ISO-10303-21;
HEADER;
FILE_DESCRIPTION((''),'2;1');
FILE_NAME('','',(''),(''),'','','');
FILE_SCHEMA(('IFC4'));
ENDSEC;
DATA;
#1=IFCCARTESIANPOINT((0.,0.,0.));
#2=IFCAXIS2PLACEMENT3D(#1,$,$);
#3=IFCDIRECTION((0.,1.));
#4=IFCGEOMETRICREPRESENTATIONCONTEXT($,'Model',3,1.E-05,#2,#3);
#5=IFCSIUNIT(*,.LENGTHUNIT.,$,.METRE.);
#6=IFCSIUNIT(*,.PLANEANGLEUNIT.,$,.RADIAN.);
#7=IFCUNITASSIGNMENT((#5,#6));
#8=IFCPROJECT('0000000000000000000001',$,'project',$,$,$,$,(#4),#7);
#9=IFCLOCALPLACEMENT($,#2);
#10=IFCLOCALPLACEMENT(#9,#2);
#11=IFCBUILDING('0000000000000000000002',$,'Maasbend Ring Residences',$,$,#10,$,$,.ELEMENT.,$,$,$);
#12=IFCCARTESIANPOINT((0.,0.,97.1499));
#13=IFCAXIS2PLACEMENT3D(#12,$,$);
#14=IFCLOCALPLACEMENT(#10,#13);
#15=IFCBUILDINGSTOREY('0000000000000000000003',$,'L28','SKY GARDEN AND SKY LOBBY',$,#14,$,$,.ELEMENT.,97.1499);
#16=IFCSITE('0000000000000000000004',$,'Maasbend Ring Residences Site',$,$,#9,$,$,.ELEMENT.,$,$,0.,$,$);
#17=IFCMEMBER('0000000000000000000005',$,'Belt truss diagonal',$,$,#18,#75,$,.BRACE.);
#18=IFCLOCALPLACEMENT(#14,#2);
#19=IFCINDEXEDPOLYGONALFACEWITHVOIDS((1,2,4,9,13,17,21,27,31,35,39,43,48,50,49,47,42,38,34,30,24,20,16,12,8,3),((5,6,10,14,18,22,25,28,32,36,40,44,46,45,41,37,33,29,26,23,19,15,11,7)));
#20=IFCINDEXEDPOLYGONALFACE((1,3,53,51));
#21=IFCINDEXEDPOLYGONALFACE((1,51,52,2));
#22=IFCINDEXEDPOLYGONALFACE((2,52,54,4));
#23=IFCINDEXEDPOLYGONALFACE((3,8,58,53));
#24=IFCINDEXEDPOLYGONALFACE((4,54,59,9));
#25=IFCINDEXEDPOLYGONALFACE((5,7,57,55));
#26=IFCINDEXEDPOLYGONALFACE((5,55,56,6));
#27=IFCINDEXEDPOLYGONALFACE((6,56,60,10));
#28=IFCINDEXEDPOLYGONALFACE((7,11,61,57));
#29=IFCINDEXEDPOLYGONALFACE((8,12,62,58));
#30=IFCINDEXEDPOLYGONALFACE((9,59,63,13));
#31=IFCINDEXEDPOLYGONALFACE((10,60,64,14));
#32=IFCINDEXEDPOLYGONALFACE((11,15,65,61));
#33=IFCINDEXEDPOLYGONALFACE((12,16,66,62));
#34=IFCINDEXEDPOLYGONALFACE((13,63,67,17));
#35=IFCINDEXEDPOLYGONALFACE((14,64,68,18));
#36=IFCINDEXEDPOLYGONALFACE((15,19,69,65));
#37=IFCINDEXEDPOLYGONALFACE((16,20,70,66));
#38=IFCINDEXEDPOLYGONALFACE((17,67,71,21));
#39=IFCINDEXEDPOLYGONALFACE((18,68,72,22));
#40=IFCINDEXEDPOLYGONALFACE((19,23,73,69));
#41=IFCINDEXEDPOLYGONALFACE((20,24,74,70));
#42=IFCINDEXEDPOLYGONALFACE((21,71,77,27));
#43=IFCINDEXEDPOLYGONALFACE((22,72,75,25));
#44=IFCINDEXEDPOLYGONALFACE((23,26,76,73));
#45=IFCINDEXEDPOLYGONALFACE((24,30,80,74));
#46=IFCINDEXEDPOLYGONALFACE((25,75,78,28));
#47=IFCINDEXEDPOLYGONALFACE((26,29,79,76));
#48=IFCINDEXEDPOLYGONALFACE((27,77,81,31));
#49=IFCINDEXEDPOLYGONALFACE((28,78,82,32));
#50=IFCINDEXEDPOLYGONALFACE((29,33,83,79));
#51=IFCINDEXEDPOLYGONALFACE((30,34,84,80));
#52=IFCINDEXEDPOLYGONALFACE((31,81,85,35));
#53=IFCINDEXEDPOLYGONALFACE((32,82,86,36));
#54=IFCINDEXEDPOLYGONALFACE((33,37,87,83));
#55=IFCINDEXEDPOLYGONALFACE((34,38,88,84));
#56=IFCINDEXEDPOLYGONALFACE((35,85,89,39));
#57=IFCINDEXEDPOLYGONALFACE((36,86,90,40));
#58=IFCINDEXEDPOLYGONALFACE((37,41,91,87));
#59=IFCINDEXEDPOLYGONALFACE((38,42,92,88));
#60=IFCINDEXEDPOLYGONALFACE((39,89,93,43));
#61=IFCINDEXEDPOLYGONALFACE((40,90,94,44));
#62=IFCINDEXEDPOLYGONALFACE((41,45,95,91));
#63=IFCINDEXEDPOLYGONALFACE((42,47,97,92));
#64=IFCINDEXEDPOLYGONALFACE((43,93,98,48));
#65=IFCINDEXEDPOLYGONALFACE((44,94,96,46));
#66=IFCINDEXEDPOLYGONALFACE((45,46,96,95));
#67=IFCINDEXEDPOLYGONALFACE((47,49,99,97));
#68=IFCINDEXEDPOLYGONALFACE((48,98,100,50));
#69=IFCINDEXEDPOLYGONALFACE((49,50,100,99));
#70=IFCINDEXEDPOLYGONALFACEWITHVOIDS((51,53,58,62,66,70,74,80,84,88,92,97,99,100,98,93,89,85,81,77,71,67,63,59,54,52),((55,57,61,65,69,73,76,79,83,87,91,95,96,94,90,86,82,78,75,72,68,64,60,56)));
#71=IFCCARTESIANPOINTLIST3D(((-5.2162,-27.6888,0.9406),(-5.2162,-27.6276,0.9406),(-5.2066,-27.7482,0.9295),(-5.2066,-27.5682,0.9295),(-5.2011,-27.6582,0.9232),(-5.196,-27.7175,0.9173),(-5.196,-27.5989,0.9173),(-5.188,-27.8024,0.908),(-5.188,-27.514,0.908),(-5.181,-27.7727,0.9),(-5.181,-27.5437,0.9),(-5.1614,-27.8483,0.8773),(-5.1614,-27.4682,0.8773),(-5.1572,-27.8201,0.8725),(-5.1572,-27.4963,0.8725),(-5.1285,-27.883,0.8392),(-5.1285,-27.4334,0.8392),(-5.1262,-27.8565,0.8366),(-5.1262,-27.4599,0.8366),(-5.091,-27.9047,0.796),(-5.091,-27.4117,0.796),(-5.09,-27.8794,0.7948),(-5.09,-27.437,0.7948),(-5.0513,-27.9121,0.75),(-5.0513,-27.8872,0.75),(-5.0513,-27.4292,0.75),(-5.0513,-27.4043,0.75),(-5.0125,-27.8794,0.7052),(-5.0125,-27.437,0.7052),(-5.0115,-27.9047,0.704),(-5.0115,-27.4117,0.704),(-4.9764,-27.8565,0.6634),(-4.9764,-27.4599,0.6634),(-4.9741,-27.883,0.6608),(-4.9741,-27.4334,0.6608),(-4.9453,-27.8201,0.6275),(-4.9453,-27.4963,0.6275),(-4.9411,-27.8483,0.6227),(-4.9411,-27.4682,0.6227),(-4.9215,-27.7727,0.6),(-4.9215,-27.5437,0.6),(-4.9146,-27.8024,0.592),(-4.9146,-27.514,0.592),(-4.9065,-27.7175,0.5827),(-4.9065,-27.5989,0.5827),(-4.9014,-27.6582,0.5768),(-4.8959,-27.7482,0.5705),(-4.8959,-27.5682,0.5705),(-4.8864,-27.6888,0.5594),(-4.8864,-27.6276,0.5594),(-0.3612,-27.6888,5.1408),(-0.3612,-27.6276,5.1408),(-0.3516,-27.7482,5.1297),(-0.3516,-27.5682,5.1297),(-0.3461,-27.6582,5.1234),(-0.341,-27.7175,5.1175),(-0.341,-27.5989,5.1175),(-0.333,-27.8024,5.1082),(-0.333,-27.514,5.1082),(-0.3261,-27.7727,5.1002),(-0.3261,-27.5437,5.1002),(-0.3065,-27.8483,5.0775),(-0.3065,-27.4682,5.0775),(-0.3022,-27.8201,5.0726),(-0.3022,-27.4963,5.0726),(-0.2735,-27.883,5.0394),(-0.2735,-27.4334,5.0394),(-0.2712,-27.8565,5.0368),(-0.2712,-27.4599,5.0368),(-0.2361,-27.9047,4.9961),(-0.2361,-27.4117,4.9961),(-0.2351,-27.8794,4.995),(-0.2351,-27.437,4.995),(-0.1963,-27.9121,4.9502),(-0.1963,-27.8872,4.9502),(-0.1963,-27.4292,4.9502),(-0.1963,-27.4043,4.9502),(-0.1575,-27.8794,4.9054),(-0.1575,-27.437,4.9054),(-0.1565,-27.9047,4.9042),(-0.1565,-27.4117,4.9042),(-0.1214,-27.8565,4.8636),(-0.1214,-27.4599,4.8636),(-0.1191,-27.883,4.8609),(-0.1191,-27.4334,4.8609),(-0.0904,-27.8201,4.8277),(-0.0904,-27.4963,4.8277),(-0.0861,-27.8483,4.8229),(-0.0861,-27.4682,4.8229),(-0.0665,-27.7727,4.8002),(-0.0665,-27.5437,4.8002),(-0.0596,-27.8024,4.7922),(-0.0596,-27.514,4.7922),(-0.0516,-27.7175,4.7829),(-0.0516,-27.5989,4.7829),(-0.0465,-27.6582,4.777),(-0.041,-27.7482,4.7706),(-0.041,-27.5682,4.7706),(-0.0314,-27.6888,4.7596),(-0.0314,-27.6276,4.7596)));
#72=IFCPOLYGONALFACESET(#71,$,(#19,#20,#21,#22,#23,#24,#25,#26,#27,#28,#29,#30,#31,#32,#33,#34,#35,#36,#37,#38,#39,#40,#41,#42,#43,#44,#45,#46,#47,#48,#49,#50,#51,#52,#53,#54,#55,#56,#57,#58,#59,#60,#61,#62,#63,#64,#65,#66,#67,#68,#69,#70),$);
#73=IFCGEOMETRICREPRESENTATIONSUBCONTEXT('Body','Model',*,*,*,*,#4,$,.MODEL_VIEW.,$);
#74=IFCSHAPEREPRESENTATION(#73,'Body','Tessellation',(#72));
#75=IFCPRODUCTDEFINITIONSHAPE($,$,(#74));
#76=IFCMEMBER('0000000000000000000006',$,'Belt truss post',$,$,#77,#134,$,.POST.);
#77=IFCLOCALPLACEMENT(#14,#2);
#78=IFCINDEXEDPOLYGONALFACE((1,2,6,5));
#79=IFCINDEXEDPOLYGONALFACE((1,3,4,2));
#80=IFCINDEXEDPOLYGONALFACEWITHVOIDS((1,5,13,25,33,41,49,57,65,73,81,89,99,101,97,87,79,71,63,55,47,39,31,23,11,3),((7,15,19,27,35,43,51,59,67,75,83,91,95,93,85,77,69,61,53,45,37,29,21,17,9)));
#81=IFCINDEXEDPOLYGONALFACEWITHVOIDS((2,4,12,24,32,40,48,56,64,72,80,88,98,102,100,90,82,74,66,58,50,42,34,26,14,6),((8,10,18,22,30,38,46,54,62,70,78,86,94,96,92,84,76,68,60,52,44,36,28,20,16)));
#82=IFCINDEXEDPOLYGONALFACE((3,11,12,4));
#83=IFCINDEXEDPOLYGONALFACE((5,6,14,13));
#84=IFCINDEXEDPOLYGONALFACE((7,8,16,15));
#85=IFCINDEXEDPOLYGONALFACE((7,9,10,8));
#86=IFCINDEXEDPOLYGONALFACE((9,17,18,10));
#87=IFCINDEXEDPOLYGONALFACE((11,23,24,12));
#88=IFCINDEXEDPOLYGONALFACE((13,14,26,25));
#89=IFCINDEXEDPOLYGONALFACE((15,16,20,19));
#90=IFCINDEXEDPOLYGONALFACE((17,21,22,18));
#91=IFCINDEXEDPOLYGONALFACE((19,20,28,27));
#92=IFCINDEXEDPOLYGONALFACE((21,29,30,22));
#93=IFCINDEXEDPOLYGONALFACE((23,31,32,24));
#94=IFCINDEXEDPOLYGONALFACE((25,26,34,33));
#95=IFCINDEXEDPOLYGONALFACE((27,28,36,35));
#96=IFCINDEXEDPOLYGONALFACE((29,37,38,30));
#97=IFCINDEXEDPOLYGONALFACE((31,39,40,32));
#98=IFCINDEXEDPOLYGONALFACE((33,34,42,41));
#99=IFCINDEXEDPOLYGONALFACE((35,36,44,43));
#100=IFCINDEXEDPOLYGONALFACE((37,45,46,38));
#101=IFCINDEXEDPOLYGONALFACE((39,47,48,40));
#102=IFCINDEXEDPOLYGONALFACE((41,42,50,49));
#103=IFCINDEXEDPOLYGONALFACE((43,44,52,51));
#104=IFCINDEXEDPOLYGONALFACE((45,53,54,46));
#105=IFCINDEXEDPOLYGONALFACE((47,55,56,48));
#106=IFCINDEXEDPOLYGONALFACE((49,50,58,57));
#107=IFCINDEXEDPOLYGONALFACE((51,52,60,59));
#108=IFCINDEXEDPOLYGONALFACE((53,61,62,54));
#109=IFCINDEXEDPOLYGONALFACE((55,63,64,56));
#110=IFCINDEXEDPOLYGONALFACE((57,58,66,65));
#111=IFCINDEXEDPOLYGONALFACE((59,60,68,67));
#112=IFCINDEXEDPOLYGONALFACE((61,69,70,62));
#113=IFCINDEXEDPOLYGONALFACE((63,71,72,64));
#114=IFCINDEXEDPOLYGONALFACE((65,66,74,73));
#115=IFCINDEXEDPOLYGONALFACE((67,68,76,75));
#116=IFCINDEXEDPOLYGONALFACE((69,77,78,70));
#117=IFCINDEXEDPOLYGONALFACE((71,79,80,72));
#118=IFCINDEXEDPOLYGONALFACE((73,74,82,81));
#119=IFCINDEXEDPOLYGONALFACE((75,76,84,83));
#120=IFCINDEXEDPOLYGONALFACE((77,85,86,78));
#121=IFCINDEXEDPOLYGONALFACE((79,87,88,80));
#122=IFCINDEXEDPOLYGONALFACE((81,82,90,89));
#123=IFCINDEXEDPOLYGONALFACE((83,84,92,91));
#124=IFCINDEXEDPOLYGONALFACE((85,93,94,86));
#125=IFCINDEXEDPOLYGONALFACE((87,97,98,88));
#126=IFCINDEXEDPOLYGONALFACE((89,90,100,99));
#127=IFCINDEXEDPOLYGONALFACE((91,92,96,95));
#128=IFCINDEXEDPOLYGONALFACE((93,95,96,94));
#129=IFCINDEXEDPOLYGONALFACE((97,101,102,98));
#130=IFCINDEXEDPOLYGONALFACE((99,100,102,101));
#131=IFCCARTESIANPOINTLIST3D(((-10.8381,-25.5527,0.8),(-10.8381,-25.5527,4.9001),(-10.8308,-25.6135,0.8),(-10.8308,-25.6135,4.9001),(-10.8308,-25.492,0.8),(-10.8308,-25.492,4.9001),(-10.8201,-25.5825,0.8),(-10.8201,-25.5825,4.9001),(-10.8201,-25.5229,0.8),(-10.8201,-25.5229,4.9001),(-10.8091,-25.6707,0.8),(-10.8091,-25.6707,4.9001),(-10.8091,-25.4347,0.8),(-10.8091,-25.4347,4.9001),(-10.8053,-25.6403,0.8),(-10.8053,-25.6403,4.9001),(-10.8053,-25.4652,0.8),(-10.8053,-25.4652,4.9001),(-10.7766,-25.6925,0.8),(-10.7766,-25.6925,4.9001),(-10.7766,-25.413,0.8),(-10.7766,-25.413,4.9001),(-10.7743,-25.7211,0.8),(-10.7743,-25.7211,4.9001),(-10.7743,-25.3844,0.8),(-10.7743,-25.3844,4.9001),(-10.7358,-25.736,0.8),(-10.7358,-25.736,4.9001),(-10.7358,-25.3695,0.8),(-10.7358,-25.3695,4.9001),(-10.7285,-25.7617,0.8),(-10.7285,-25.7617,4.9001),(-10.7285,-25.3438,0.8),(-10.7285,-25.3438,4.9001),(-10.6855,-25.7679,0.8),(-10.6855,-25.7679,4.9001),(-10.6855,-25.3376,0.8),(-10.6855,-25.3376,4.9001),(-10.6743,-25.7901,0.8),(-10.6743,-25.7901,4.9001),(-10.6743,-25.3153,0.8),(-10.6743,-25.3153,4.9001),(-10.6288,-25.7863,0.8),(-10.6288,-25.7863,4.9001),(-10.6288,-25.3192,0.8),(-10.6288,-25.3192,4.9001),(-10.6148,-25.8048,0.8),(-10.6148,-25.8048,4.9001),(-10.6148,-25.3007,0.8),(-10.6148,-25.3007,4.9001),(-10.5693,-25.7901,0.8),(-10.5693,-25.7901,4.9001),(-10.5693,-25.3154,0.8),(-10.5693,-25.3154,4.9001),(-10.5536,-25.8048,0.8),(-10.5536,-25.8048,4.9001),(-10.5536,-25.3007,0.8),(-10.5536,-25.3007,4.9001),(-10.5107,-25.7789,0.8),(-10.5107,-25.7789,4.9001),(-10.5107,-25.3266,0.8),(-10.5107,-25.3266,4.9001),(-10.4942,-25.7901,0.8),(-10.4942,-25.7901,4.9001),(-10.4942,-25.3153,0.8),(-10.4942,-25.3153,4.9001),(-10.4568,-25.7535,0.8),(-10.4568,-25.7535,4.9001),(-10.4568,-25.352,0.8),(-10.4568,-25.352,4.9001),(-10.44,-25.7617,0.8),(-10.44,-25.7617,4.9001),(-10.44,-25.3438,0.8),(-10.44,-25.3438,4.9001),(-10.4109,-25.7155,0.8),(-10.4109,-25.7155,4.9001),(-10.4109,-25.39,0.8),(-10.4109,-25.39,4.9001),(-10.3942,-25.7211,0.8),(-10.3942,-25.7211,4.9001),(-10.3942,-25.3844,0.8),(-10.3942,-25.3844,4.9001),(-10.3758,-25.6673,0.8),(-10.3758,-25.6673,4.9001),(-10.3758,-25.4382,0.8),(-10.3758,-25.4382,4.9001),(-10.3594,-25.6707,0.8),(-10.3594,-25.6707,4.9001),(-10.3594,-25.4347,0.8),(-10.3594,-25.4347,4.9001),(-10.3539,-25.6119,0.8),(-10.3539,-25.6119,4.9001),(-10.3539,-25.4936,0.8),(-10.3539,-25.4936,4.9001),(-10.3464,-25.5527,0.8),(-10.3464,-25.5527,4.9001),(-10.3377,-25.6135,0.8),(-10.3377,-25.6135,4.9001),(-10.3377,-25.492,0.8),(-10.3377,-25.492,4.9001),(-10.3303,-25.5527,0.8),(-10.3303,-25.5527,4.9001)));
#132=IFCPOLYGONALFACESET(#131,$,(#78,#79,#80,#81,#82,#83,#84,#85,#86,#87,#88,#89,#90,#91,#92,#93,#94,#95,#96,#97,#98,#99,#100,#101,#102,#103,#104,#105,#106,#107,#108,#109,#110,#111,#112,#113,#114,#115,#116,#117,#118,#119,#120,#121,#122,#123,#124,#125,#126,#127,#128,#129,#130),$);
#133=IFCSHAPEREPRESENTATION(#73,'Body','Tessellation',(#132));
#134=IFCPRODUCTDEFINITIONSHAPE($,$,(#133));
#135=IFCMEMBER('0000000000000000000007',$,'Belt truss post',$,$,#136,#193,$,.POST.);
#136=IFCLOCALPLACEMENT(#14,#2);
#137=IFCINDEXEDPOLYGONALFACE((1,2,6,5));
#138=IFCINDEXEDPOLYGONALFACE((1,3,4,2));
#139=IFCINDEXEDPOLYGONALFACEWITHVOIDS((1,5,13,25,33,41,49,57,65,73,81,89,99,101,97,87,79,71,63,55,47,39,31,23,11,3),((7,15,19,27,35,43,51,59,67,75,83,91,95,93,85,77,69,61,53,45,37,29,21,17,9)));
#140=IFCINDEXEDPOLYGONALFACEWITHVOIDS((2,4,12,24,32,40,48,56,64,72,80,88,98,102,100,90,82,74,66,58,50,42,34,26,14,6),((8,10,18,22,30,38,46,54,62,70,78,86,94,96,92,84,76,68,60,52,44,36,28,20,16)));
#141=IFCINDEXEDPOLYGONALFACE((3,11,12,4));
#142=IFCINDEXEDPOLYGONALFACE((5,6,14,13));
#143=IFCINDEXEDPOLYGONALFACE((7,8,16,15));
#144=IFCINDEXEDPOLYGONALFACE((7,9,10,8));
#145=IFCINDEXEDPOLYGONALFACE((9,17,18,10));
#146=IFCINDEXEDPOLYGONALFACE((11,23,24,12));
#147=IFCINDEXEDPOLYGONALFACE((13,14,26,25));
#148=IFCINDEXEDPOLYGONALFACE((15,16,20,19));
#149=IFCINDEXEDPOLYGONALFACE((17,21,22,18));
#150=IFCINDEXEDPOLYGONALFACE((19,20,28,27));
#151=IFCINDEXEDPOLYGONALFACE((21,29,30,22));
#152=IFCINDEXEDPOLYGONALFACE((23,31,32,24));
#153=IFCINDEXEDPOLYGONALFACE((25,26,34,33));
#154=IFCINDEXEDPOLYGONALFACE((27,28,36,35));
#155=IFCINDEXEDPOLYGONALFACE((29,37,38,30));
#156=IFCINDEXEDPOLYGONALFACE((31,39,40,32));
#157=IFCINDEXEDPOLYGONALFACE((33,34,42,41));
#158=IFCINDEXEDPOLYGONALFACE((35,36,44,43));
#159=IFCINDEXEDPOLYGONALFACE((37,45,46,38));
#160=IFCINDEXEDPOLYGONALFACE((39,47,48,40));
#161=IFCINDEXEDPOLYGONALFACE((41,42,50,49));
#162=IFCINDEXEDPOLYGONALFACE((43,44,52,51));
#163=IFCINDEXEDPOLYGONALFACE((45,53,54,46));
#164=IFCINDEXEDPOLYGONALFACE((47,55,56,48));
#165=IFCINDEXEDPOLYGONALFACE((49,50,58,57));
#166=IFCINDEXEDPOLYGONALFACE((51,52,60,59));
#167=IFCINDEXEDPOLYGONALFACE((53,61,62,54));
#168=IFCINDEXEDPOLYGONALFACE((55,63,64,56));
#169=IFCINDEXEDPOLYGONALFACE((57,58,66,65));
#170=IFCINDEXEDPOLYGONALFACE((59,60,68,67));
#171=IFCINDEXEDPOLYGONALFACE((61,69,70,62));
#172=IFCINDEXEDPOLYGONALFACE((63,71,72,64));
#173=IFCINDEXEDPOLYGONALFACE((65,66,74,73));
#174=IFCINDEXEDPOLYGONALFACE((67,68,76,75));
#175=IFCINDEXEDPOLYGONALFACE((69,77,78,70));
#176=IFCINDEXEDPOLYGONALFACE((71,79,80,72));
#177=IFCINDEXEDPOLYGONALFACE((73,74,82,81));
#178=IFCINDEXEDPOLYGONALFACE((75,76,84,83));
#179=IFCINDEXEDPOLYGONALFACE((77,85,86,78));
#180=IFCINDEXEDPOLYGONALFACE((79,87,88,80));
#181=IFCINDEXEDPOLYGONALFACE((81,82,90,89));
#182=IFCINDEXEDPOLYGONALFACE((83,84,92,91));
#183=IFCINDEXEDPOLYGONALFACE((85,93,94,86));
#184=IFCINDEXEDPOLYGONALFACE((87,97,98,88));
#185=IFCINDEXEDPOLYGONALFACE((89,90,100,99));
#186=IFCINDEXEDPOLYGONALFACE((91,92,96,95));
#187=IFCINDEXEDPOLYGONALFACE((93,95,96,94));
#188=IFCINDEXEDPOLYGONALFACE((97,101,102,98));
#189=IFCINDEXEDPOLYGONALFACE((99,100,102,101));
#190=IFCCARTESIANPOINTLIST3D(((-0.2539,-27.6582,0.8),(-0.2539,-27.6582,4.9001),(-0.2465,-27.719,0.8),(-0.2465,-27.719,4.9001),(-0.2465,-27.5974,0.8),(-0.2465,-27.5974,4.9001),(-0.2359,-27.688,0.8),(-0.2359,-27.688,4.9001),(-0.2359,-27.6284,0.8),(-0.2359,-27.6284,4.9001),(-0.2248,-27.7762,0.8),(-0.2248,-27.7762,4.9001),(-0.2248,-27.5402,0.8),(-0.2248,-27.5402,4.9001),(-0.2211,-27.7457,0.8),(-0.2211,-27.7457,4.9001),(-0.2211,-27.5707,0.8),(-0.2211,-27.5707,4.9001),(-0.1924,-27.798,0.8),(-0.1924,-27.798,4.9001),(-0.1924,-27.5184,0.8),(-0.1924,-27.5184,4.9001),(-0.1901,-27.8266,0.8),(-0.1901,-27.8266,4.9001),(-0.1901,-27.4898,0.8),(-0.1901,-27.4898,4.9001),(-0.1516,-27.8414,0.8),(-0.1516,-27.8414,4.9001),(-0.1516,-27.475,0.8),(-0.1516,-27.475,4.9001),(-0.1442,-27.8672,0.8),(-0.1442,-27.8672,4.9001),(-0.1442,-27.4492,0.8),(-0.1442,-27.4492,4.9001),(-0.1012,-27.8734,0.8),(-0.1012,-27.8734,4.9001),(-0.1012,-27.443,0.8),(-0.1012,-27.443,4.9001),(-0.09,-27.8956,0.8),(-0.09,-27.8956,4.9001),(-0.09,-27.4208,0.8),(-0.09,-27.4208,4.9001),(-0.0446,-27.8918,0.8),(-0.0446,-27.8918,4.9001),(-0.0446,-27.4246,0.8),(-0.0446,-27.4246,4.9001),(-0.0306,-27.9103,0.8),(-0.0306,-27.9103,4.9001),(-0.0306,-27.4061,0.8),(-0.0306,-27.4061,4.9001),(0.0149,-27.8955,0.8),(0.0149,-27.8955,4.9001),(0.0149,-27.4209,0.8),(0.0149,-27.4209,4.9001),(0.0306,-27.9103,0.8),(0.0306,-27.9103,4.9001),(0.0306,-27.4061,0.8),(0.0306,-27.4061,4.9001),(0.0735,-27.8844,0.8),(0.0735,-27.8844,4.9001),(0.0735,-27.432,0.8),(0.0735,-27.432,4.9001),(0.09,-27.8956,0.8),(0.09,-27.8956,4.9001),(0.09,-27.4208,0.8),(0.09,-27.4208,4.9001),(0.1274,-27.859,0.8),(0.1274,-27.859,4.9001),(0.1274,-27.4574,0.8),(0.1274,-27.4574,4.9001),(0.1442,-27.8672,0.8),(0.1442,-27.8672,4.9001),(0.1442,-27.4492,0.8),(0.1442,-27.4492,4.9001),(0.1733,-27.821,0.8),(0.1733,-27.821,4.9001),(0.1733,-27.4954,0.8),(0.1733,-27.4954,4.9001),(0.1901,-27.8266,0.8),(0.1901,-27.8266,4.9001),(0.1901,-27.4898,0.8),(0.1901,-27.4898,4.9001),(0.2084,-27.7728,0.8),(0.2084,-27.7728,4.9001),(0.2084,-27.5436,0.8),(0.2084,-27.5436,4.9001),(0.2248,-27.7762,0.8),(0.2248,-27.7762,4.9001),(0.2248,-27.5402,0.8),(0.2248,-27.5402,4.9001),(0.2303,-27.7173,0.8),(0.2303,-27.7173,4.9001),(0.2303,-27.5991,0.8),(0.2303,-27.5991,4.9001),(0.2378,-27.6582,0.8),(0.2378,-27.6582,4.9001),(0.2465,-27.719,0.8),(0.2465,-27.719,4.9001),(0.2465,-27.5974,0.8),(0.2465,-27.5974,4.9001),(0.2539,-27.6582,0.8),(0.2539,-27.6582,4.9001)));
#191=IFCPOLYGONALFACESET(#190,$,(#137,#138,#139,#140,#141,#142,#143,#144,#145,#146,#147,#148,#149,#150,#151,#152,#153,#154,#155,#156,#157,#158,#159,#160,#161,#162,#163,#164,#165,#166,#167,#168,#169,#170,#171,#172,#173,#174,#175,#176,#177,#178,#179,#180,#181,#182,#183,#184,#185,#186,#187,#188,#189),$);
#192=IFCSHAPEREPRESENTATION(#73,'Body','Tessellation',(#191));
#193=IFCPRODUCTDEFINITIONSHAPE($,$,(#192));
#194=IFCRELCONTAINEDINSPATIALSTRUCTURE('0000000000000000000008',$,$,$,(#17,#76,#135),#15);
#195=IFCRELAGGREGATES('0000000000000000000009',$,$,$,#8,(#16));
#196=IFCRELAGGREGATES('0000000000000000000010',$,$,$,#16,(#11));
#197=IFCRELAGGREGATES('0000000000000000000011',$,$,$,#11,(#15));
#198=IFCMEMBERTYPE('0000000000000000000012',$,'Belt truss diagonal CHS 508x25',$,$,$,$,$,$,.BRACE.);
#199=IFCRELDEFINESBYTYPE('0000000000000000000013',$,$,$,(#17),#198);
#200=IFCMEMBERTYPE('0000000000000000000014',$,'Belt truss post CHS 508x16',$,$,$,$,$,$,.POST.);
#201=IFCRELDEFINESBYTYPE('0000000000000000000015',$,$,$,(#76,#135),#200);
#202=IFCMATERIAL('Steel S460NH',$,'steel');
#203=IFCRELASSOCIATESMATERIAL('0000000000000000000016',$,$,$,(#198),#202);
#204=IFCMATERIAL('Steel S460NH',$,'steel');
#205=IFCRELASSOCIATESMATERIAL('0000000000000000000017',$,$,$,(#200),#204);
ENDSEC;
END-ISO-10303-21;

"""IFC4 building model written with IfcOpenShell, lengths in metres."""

from ifc_helpers import new_model, si_unit, direction, frame, origin, origin_2d, place, context, subcontext, project, spatial, hollow_circle, extrude, material, material_profile, profile_set, type_object, element, save


model = new_model("IFC4")

# Units and contexts
model_context = context("Model", 3, precision=1e-05, world=origin(), true_north=direction((0.0, 1.0)))
body_context = subcontext(model_context, "Body", "Model", "MODEL_VIEW")
ifc_project = project(units=[si_unit("LENGTHUNIT", "METRE"), si_unit("PLANEANGLEUNIT", "RADIAN")], contexts=[model_context])

# Site, building, storey
site_placement = place(None, origin())
site = spatial("IfcSite", under=ifc_project, at=site_placement, Name="Maasbend Ring Residences Site", CompositionType="ELEMENT", RefElevation=0.0)
building_placement = place(site_placement, origin())
building = spatial("IfcBuilding", under=site, at=building_placement, Name="Maasbend Ring Residences", CompositionType="ELEMENT")
storey_placement = place(building_placement, frame((0.0, 0.0, 97.1499)))
storey = spatial("IfcBuildingStorey", under=building, at=storey_placement, Name="L28", Description="SKY GARDEN AND SKY LOBBY", CompositionType="ELEMENT", Elevation=97.1499)

# Members
ifc_material_1 = material(Name="Steel S460NH", Category="steel")
ifc_material_profile_1 = material_profile(ifc_material_1, hollow_circle(Radius=0.2539, WallThickness=0.0249, at=origin_2d()), Name="Belt truss diagonal CHS 508x25")
ifc_profile_set_1 = profile_set([ifc_material_profile_1], Name="Steel S460NH")
member_type_1 = type_object("IfcMemberType", Name="Belt truss diagonal CHS 508x25", PredefinedType="BRACE", material=ifc_profile_set_1)
member_placement = place(storey_placement, frame((-5.0513, -27.6582, 0.75), z_axis=(0.756263, 0.0, 0.654267), x_axis=(0.0, 1.0, 0.0)))
element("IfcMember", 1, at=member_placement, inside=storey, type_object=member_type_1, Name="Belt truss diagonal", PredefinedType="BRACE", context=body_context, shape_type="SweptSolid", body=[
    extrude(hollow_circle(Radius=0.2539, WallThickness=0.0249, at=origin_2d()), origin(), (0.0, 0.0, 1.0), 6.4197),
])
ifc_material_2 = material(Name="Steel S460NH", Category="steel")
ifc_material_profile_2 = material_profile(ifc_material_2, hollow_circle(Radius=0.2539, WallThickness=0.0161, at=origin_2d()), Name="Belt truss post CHS 508x16")
ifc_profile_set_2 = profile_set([ifc_material_profile_2], Name="Steel S460NH")
member_type_2 = type_object("IfcMemberType", Name="Belt truss post CHS 508x16", PredefinedType="POST", material=ifc_profile_set_2)
for number, where, z_axis, x_axis, name in (
    (2, (-10.5842, -25.5527, 0.8), (0.0, 0.0, 1.0), (1.0, 0.0, 0.0), "Belt truss post"),
    (3, (0.0, -27.6582, 0.8), (0.0, 0.0, 1.0), (1.0, 0.0, 0.0), "Belt truss post"),
):
    element("IfcMember", number, at=place(storey_placement, frame(where, z_axis=z_axis, x_axis=x_axis)), inside=storey, type_object=member_type_2, Name=name, PredefinedType="POST", context=body_context, shape_type="SweptSolid", body=[
        extrude(hollow_circle(Radius=0.2539, WallThickness=0.0161, at=origin_2d()), origin(), (0.0, 0.0, 1.0), 4.1001),
    ])

save(model, "model.ifc")
